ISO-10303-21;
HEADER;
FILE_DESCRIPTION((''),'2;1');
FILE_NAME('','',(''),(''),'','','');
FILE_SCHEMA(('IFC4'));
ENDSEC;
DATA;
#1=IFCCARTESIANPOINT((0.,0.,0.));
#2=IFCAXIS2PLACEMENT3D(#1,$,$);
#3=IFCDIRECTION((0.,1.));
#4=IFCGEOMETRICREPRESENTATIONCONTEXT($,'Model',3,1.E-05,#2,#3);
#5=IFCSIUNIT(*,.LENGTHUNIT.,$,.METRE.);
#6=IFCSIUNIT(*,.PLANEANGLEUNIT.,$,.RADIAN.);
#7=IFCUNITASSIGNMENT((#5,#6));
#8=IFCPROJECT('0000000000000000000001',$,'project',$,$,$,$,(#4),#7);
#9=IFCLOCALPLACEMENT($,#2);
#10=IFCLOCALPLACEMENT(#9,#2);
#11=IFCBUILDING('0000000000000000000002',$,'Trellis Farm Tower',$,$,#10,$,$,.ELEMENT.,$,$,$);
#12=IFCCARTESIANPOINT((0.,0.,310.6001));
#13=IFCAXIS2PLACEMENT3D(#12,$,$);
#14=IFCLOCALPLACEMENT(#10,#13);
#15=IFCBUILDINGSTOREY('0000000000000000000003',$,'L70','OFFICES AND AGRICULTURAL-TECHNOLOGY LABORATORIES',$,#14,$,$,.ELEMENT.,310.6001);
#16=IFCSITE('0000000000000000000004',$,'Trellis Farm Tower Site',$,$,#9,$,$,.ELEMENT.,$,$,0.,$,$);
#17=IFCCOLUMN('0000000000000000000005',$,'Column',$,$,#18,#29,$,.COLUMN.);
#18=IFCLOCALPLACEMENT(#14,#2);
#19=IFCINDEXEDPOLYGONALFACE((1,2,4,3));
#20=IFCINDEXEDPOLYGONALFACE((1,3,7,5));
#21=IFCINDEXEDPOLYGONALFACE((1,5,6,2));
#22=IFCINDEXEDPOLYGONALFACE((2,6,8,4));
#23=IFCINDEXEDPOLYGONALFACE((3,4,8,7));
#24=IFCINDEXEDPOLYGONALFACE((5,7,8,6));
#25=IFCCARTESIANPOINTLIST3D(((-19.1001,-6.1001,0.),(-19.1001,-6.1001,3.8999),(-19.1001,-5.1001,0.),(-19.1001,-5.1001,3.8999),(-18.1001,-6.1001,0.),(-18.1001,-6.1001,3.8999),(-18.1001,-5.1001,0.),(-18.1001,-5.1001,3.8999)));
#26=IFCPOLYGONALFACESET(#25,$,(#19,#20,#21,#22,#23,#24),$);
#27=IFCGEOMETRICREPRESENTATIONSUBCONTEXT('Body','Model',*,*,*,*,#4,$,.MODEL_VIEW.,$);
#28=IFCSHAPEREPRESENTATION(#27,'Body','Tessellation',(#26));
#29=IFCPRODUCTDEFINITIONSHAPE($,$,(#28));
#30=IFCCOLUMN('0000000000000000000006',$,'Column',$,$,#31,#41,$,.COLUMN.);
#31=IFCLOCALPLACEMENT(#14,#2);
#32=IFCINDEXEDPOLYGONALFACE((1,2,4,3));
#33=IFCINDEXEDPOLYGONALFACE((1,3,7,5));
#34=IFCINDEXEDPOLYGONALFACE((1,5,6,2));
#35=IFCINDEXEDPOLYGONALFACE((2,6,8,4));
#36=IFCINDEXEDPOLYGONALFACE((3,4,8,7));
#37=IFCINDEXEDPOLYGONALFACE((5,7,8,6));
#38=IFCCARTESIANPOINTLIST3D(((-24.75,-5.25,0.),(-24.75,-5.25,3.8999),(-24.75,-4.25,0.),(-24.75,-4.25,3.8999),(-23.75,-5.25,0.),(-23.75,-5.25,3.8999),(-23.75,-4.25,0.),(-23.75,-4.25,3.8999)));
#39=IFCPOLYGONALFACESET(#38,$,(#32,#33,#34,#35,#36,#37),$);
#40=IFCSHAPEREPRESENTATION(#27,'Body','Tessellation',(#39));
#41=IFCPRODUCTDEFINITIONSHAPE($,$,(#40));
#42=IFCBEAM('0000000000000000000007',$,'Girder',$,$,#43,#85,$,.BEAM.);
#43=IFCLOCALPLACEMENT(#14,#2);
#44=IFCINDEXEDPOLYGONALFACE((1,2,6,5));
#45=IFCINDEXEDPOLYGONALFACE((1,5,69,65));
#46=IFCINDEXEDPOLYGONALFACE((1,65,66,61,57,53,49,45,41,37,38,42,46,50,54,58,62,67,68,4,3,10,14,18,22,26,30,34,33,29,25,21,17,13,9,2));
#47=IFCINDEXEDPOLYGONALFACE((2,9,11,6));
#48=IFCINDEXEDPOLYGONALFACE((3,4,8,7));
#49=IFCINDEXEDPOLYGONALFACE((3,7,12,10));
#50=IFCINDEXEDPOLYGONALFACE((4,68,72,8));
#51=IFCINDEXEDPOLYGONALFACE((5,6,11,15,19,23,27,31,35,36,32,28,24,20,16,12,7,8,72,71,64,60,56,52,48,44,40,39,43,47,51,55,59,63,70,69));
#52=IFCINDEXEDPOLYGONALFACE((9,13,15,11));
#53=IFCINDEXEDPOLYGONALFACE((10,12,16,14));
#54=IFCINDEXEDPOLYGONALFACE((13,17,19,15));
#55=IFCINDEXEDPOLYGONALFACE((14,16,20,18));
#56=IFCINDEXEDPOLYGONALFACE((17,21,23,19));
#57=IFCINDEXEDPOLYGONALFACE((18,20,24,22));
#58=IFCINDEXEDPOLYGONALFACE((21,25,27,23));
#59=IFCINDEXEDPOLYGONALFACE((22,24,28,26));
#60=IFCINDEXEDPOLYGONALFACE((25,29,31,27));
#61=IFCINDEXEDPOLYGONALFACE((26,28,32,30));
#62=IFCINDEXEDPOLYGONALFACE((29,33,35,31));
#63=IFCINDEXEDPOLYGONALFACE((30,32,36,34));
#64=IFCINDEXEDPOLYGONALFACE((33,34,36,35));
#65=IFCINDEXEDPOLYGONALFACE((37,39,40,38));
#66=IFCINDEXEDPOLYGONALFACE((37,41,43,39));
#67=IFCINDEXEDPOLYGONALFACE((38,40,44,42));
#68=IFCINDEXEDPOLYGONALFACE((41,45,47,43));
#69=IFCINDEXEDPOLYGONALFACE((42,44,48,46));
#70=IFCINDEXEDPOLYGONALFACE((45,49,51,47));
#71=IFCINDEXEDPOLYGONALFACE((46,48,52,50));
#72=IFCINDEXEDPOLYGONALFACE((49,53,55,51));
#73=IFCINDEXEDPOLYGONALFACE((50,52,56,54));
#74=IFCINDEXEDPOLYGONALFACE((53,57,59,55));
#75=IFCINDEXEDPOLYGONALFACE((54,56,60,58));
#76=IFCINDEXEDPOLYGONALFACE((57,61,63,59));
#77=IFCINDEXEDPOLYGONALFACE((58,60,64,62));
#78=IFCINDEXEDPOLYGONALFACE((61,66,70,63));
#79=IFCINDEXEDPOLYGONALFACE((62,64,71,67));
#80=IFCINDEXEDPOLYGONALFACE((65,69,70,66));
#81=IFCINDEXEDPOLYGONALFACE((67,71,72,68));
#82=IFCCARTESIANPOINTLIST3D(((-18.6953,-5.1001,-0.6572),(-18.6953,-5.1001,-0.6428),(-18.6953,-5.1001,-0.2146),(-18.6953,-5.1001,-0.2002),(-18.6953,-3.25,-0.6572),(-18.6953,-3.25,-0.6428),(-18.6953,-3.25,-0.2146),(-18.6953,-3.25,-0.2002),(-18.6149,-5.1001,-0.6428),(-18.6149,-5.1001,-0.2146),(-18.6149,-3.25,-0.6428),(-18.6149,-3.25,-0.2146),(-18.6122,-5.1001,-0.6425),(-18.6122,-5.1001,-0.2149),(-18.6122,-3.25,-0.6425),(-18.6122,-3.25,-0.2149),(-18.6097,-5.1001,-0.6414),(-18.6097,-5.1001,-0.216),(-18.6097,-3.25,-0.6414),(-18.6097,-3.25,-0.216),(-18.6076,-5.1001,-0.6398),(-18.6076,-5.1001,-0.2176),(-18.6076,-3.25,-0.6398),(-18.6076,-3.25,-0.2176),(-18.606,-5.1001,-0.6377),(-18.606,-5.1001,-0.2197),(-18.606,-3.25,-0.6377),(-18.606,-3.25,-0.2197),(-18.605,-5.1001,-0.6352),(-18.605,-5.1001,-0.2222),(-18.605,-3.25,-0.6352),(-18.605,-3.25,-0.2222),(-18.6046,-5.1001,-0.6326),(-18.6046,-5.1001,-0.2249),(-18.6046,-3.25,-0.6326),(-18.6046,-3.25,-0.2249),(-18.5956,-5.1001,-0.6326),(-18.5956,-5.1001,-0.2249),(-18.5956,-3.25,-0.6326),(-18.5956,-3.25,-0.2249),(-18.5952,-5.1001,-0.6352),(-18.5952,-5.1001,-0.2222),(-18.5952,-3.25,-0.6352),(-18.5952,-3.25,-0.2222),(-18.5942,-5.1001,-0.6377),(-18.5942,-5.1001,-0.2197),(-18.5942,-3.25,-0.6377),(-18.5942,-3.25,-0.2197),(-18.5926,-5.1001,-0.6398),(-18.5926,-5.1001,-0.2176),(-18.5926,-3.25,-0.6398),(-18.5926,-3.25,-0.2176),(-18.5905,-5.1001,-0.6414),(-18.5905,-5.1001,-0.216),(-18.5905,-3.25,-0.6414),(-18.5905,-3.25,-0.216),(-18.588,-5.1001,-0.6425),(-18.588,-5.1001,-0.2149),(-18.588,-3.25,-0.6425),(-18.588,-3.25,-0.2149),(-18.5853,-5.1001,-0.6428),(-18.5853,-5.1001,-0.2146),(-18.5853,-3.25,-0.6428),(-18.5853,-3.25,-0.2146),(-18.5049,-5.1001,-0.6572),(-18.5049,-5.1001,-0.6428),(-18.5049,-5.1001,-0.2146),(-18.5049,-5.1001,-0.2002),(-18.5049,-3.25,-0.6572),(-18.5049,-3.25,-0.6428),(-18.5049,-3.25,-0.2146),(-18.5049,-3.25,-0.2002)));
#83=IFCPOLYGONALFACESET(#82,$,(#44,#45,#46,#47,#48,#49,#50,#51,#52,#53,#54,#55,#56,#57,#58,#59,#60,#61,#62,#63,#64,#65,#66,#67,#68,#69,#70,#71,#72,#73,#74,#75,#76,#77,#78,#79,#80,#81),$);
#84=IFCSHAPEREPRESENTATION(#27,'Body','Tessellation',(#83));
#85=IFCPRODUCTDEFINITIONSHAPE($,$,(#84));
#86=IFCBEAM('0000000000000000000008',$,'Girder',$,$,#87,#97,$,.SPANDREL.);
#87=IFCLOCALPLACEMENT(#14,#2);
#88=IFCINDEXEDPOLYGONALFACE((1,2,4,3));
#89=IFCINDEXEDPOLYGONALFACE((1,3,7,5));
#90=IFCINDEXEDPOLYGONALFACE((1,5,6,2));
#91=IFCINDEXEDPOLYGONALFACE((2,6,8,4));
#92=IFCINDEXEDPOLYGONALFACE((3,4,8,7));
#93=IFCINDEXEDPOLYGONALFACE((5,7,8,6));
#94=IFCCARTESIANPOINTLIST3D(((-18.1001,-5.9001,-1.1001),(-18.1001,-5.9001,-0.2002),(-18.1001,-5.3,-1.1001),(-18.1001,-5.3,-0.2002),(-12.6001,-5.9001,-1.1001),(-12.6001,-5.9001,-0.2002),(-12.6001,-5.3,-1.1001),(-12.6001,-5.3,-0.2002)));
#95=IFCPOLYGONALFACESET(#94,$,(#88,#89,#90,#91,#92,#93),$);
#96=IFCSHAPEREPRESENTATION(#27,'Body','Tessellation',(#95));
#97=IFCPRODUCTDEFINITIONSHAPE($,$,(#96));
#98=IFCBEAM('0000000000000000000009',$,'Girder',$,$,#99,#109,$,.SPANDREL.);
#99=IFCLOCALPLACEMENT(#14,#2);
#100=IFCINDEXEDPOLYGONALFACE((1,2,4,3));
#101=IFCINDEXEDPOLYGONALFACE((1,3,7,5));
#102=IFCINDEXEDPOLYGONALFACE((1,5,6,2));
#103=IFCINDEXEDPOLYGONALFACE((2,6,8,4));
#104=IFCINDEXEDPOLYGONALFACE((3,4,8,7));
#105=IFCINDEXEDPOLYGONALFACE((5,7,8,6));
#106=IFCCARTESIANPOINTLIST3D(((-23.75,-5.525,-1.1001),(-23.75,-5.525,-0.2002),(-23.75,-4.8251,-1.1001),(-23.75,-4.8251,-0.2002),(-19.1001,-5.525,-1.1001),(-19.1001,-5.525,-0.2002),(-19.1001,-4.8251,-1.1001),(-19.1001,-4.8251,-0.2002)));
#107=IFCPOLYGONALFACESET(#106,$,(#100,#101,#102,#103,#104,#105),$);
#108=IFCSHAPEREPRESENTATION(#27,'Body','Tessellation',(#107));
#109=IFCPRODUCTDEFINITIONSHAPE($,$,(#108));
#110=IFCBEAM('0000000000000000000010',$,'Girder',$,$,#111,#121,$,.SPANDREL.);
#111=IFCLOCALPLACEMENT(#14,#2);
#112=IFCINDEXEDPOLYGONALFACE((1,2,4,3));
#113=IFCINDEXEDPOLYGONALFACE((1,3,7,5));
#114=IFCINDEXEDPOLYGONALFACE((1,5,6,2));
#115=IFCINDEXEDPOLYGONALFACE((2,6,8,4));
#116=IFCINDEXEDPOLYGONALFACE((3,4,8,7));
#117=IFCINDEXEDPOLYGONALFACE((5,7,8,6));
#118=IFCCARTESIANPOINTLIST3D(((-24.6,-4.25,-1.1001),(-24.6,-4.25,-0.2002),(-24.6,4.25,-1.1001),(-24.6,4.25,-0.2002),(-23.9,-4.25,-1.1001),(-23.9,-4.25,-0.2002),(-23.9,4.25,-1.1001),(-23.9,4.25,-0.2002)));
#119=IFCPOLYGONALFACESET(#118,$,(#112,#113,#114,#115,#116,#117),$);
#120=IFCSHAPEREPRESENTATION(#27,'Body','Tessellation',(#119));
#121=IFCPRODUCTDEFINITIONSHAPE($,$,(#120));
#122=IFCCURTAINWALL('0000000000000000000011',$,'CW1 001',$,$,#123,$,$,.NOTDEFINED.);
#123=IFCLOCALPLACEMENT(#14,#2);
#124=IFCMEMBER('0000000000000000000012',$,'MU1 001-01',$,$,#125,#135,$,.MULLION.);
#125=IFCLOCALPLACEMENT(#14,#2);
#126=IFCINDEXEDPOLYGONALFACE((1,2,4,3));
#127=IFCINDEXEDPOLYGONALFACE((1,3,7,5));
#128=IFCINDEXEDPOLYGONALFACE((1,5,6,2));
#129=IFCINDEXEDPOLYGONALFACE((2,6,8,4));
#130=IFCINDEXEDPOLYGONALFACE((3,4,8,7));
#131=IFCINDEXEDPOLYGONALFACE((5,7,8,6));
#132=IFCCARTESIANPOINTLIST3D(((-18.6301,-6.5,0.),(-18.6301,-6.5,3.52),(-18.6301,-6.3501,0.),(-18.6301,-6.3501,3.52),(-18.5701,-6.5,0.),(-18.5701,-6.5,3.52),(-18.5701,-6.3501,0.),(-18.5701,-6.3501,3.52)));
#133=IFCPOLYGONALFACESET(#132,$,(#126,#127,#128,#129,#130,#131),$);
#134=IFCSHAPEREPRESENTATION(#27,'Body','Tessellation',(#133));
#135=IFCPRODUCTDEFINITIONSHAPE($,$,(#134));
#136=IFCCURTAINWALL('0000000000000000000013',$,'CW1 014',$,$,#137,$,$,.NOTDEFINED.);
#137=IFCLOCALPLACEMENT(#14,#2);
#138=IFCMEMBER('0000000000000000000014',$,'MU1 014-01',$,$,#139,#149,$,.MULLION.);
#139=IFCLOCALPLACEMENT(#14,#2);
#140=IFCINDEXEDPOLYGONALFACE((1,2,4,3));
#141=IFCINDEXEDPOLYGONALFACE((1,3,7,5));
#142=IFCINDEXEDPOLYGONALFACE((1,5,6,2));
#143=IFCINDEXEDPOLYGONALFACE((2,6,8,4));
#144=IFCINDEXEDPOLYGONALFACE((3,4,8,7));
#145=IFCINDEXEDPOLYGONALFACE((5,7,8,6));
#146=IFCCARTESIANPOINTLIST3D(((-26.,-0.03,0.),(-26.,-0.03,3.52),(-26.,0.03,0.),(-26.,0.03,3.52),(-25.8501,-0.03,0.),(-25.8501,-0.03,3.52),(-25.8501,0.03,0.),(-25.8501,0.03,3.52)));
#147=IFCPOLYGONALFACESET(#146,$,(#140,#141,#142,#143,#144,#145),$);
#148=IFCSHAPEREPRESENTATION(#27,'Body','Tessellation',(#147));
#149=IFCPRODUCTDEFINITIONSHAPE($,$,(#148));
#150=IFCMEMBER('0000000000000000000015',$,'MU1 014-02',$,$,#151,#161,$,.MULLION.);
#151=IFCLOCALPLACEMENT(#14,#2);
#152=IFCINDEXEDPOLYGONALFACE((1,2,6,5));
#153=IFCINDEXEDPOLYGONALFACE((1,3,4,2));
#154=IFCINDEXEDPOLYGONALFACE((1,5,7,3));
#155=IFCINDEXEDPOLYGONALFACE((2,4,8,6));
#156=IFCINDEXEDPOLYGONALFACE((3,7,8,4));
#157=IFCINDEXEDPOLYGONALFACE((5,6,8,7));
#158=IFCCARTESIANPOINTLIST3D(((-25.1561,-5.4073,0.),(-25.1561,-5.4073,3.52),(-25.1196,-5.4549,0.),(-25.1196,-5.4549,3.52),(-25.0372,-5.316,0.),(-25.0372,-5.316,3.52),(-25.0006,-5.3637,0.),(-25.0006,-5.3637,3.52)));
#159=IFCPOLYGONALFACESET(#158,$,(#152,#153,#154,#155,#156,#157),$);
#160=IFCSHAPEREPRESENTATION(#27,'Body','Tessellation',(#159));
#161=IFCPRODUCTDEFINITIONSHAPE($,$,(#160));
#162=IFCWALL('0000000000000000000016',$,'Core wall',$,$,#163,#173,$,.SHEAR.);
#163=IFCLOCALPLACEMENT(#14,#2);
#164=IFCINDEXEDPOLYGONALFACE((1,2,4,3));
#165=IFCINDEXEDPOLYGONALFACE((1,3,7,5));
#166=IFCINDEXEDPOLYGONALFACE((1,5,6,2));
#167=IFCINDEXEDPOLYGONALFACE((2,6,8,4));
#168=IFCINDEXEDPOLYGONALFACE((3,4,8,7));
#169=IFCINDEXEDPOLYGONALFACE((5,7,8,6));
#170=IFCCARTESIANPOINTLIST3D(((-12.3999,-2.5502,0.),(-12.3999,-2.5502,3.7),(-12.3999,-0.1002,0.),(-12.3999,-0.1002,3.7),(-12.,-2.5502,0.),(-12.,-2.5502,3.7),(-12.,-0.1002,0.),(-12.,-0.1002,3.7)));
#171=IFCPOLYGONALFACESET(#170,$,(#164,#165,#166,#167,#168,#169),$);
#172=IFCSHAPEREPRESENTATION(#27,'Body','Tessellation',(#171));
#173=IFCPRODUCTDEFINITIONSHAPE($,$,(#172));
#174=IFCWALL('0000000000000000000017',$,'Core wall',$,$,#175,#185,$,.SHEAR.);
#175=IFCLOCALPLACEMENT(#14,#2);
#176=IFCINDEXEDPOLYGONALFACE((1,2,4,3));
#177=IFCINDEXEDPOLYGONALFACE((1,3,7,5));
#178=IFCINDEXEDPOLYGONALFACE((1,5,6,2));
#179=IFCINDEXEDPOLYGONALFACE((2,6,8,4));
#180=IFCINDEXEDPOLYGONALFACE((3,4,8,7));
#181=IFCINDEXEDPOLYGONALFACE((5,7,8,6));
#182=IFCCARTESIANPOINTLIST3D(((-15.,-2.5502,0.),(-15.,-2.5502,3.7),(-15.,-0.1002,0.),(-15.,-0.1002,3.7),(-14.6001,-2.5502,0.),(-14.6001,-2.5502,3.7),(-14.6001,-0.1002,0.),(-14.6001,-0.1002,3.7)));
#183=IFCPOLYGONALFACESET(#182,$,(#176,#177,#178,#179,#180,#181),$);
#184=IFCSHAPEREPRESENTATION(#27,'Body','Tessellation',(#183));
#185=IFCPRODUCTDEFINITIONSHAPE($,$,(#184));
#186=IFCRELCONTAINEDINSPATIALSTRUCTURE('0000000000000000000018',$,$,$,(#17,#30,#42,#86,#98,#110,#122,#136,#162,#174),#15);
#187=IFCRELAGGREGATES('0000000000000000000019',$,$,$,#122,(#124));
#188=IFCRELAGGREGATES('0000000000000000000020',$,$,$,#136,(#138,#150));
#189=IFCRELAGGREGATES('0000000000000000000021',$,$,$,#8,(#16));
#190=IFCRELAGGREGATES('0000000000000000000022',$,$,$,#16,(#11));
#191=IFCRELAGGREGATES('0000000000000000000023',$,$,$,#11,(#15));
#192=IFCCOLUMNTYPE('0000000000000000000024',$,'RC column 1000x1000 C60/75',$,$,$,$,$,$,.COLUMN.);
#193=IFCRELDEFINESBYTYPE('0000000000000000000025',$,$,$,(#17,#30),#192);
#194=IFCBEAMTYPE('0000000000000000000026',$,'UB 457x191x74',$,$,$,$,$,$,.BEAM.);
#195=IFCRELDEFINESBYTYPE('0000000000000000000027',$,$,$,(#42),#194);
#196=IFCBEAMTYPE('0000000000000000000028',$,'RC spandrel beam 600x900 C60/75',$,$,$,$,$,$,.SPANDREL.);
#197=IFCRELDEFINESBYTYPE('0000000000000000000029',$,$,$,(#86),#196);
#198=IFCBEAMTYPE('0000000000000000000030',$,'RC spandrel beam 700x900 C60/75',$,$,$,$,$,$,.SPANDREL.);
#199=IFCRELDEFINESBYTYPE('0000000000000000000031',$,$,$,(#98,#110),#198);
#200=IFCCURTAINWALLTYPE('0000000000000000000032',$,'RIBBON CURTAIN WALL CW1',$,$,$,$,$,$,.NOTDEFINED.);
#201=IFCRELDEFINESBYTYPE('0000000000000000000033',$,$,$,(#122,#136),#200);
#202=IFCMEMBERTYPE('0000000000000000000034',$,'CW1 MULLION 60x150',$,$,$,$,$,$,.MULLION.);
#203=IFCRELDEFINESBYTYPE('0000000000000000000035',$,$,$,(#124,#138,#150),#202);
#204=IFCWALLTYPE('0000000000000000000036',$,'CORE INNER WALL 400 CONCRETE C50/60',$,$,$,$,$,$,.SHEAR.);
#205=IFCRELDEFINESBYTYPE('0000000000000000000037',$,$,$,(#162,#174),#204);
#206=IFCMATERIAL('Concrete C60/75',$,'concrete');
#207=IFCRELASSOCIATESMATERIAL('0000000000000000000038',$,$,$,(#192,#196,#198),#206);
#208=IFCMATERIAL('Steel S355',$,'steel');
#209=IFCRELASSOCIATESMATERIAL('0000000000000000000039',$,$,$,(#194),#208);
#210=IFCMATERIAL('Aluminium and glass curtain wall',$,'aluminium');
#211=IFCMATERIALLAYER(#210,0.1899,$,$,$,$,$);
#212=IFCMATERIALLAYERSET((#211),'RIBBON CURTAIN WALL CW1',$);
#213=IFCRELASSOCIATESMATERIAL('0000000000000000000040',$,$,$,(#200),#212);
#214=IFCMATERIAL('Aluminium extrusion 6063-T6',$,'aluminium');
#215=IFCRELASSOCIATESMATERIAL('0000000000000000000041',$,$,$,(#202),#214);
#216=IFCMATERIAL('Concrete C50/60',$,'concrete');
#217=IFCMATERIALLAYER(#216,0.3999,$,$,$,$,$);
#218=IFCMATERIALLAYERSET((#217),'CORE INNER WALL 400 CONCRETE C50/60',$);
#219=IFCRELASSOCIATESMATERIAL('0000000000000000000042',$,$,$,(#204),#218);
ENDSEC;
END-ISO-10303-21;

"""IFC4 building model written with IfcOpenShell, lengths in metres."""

from ifc_helpers import new_model, si_unit, direction, frame, frame_2d, origin, origin_2d, place, context, subcontext, project, spatial, rectangle, i_section, extrude, source, transform, mapped, material, layer, layer_set, material_profile, profile_set, type_object, element, aggregate, save


model = new_model("IFC4")

# Units and contexts
model_context = context("Model", 3, precision=1e-05, world=origin(), true_north=direction((0.0, 1.0)))
body_context = subcontext(model_context, "Body", "Model", "MODEL_VIEW")
ifc_project = project(units=[si_unit("LENGTHUNIT", "METRE"), si_unit("PLANEANGLEUNIT", "RADIAN")], contexts=[model_context])

# Site, building, storey
site_placement = place(None, origin())
site = spatial("IfcSite", under=ifc_project, at=site_placement, Name="Trellis Farm Tower Site", CompositionType="ELEMENT", RefElevation=0.0)
building_placement = place(site_placement, origin())
building = spatial("IfcBuilding", under=site, at=building_placement, Name="Trellis Farm Tower", CompositionType="ELEMENT")
storey_placement = place(building_placement, frame((0.0, 0.0, 310.6001)))
storey = spatial("IfcBuildingStorey", under=building, at=storey_placement, Name="L70", Description="OFFICES AND AGRICULTURAL-TECHNOLOGY LABORATORIES", CompositionType="ELEMENT", Elevation=310.6001)

# Columns
ifc_material_1 = material(Name="Concrete C60/75", Category="concrete")
ifc_material_profile_1 = material_profile(ifc_material_1, rectangle(XDim=1.0, YDim=1.0, at=origin_2d()), Name="RC column 1000x1000 C60/75")
ifc_profile_set_1 = profile_set([ifc_material_profile_1], Name="Concrete C60/75")
column_type = type_object("IfcColumnType", Name="RC column 1000x1000 C60/75", PredefinedType="COLUMN", material=ifc_profile_set_1)
shared_shape_1 = source(origin(), body_context, "Body", "SweptSolid", [
    extrude(rectangle(XDim=1.0, YDim=1.0, at=origin_2d()), origin(), (0.0, 0.0, 1.0), 3.8999),
])
for number, where, z_axis, x_axis, name in (
    (1, (-18.6001, -5.6001, 0.0), (0.0, 0.0, 1.0), (1.0, 0.0, 0.0), "Column"),
    (2, (-24.25, -4.75, 0.0), (0.0, 0.0, 1.0), (1.0, 0.0, 0.0), "Column"),
):
    element("IfcColumn", number, at=place(storey_placement, frame(where, z_axis=z_axis, x_axis=x_axis)), inside=storey, type_object=column_type, Name=name, PredefinedType="COLUMN", context=body_context, shape_type="MappedRepresentation", body=[
        mapped(shared_shape_1, transform((0.0, 0.0, 0.0))),
    ])

# Beams
ifc_material_2 = material(Name="Steel S355", Category="steel")
ifc_material_profile_2 = material_profile(ifc_material_2, i_section(OverallWidth=0.1904, OverallDepth=0.457, WebThickness=0.009, FlangeThickness=0.0144, FilletRadius=0.0103, at=origin_2d()), Name="UB 457x191x74")
ifc_profile_set_2 = profile_set([ifc_material_profile_2], Name="Steel S355")
beam_type_1 = type_object("IfcBeamType", Name="UB 457x191x74", PredefinedType="BEAM", material=ifc_profile_set_2)
shared_shape_2 = source(origin(), body_context, "Body", "SweptSolid", [
    extrude(i_section(OverallWidth=0.1904, OverallDepth=0.457, WebThickness=0.009, FlangeThickness=0.0144, FilletRadius=0.0103, at=origin_2d()), origin(), (0.0, 0.0, 1.0), 1.8501),
])
beam_1_placement = place(storey_placement, frame((-18.6001, -5.1001, -0.4287), z_axis=(0.0, 1.0, 0.0), x_axis=(-1.0, 0.0, 0.0)))
element("IfcBeam", 3, at=beam_1_placement, inside=storey, type_object=beam_type_1, Name="Girder", PredefinedType="BEAM", context=body_context, shape_type="MappedRepresentation", body=[
    mapped(shared_shape_2, transform((0.0, 0.0, 0.0))),
])
ifc_material_profile_3 = material_profile(ifc_material_1, rectangle(XDim=0.6001, YDim=0.8999, at=origin_2d()), Name="RC spandrel beam 600x900 C60/75")
ifc_profile_set_3 = profile_set([ifc_material_profile_3], Name="Concrete C60/75")
beam_type_2 = type_object("IfcBeamType", Name="RC spandrel beam 600x900 C60/75", PredefinedType="SPANDREL", material=ifc_profile_set_3)
shared_shape_3 = source(origin(), body_context, "Body", "SweptSolid", [
    extrude(rectangle(XDim=0.6001, YDim=0.8999, at=origin_2d()), origin(), (0.0, 0.0, 1.0), 5.5),
])
beam_2_placement = place(storey_placement, frame((-18.1001, -5.6001, -0.6501), z_axis=(1.0, 0.0, 0.0), x_axis=(0.0, 1.0, 0.0)))
element("IfcBeam", 4, at=beam_2_placement, inside=storey, type_object=beam_type_2, Name="Girder", PredefinedType="SPANDREL", context=body_context, shape_type="MappedRepresentation", body=[
    mapped(shared_shape_3, transform((0.0, 0.0, 0.0))),
])
ifc_material_profile_4 = material_profile(ifc_material_1, rectangle(XDim=0.7, YDim=0.8999, at=origin_2d()), Name="RC spandrel beam 700x900 C60/75")
ifc_profile_set_4 = profile_set([ifc_material_profile_4], Name="Concrete C60/75")
beam_type_3 = type_object("IfcBeamType", Name="RC spandrel beam 700x900 C60/75", PredefinedType="SPANDREL", material=ifc_profile_set_4)
shared_shape_4 = source(origin(), body_context, "Body", "SweptSolid", [
    extrude(rectangle(XDim=0.7, YDim=0.8999, at=origin_2d()), origin(), (0.0, 0.0, 1.0), 4.6499),
])
beam_3_placement = place(storey_placement, frame((-23.75, -5.175, -0.6501), z_axis=(1.0, 0.0, 0.0), x_axis=(0.0, 1.0, 0.0)))
element("IfcBeam", 5, at=beam_3_placement, inside=storey, type_object=beam_type_3, Name="Girder", PredefinedType="SPANDREL", context=body_context, shape_type="MappedRepresentation", body=[
    mapped(shared_shape_4, transform((0.0, 0.0, 0.0))),
])
shared_shape_5 = source(origin(), body_context, "Body", "SweptSolid", [
    extrude(rectangle(XDim=0.7, YDim=0.8999, at=origin_2d()), origin(), (0.0, 0.0, 1.0), 8.5),
])
beam_4_placement = place(storey_placement, frame((-24.25, -4.25, -0.6501), z_axis=(0.0, 1.0, 0.0), x_axis=(-1.0, 0.0, 0.0)))
element("IfcBeam", 6, at=beam_4_placement, inside=storey, type_object=beam_type_3, Name="Girder", PredefinedType="SPANDREL", context=body_context, shape_type="MappedRepresentation", body=[
    mapped(shared_shape_5, transform((0.0, 0.0, 0.0))),
])

# Curtain wall, member
ifc_material_3 = material(Name="Aluminium and glass curtain wall", Category="aluminium")
ifc_layer_1 = layer(ifc_material_3, 0.1899)
ifc_layer_set_1 = layer_set([ifc_layer_1], Name="RIBBON CURTAIN WALL CW1")
curtain_wall_type = type_object("IfcCurtainWallType", Name="RIBBON CURTAIN WALL CW1", PredefinedType="NOTDEFINED", material=ifc_layer_set_1)
placement = place(storey_placement, origin())
curtain_wall_1 = element("IfcCurtainWall", 7, at=placement, inside=storey, type_object=curtain_wall_type, Name="CW1 001", PredefinedType="NOTDEFINED")
ifc_material_4 = material(Name="Aluminium extrusion 6063-T6", Category="aluminium")
ifc_material_profile_5 = material_profile(ifc_material_4, rectangle(XDim=0.0601, YDim=0.1499, at=origin_2d()), Name="MULLION 60x150")
ifc_profile_set_5 = profile_set([ifc_material_profile_5], Name="Aluminium extrusion 6063-T6")
member_type = type_object("IfcMemberType", Name="CW1 MULLION 60x150", PredefinedType="MULLION", material=ifc_profile_set_5)
shared_shape_6 = source(origin(), body_context, "Body", "SweptSolid", [
    extrude(rectangle(XDim=0.0601, YDim=0.1499, at=origin_2d()), origin(), (0.0, 0.0, 1.0), 3.52),
])
member_1_placement = place(storey_placement, frame((-18.6001, -6.425, 0.0), z_axis=(0.0, 0.0, 1.0), x_axis=(1.0, 0.0, 0.0)))
member_1 = element("IfcMember", 8, at=member_1_placement, type_object=member_type, Name="MU1 001-01", PredefinedType="MULLION", context=body_context, shape_type="MappedRepresentation", body=[
    mapped(shared_shape_6, transform((0.0, 0.0, 0.0))),
])
aggregate(curtain_wall_1, [member_1])

# Curtain wall, members
curtain_wall_2 = element("IfcCurtainWall", 9, at=placement, inside=storey, type_object=curtain_wall_type, Name="CW1 014", PredefinedType="NOTDEFINED")
member_2_placement = place(storey_placement, frame((-25.925, 0.0, 0.0), z_axis=(0.0, 0.0, 1.0), x_axis=(0.0, -1.0, 0.0)))
member_2 = element("IfcMember", 10, at=member_2_placement, type_object=member_type, Name="MU1 014-01", PredefinedType="MULLION", context=body_context, shape_type="MappedRepresentation", body=[
    mapped(shared_shape_6, transform((0.0, 0.0, 0.0))),
])
member_3_placement = place(storey_placement, frame((-25.0784, -5.3855, 0.0), z_axis=(0.0, 0.0, 1.0), x_axis=(0.608761, -0.793353, 0.0)))
member_3 = element("IfcMember", 11, at=member_3_placement, type_object=member_type, Name="MU1 014-02", PredefinedType="MULLION", context=body_context, shape_type="MappedRepresentation", body=[
    mapped(shared_shape_6, transform((0.0, 0.0, 0.0))),
])
aggregate(curtain_wall_2, [member_2, member_3])

# Walls
ifc_material_5 = material(Name="Concrete C50/60", Category="concrete")
ifc_layer_2 = layer(ifc_material_5, 0.3999)
ifc_layer_set_2 = layer_set([ifc_layer_2], Name="CORE INNER WALL 400 CONCRETE C50/60")
wall_type_1 = type_object("IfcWallType", Name="CORE INNER WALL 400 CONCRETE C50/60", PredefinedType="SHEAR", material=ifc_layer_set_2)
shared_shape_7 = source(origin(), body_context, "Body", "SweptSolid", [
    extrude(rectangle(XDim=2.45, YDim=0.3999, at=frame_2d((1.2251, 0.0))), origin(), (0.0, 0.0, 1.0), 3.7),
])
for number, where, z_axis, x_axis, name in (
    (12, (-12.2, -0.1001, 0.0), (0.0, 0.0, 1.0), (0.0, -1.0, 0.0), "Core wall"),
    (13, (-14.8, -0.1001, 0.0), (0.0, 0.0, 1.0), (0.0, -1.0, 0.0), "Core wall"),
):
    element("IfcWall", number, at=place(storey_placement, frame(where, z_axis=z_axis, x_axis=x_axis)), inside=storey, type_object=wall_type_1, Name=name, PredefinedType="SHEAR", context=body_context, shape_type="MappedRepresentation", body=[
        mapped(shared_shape_7, transform((0.0, 0.0, 0.0))),
    ])

save(model, "model.ifc")
